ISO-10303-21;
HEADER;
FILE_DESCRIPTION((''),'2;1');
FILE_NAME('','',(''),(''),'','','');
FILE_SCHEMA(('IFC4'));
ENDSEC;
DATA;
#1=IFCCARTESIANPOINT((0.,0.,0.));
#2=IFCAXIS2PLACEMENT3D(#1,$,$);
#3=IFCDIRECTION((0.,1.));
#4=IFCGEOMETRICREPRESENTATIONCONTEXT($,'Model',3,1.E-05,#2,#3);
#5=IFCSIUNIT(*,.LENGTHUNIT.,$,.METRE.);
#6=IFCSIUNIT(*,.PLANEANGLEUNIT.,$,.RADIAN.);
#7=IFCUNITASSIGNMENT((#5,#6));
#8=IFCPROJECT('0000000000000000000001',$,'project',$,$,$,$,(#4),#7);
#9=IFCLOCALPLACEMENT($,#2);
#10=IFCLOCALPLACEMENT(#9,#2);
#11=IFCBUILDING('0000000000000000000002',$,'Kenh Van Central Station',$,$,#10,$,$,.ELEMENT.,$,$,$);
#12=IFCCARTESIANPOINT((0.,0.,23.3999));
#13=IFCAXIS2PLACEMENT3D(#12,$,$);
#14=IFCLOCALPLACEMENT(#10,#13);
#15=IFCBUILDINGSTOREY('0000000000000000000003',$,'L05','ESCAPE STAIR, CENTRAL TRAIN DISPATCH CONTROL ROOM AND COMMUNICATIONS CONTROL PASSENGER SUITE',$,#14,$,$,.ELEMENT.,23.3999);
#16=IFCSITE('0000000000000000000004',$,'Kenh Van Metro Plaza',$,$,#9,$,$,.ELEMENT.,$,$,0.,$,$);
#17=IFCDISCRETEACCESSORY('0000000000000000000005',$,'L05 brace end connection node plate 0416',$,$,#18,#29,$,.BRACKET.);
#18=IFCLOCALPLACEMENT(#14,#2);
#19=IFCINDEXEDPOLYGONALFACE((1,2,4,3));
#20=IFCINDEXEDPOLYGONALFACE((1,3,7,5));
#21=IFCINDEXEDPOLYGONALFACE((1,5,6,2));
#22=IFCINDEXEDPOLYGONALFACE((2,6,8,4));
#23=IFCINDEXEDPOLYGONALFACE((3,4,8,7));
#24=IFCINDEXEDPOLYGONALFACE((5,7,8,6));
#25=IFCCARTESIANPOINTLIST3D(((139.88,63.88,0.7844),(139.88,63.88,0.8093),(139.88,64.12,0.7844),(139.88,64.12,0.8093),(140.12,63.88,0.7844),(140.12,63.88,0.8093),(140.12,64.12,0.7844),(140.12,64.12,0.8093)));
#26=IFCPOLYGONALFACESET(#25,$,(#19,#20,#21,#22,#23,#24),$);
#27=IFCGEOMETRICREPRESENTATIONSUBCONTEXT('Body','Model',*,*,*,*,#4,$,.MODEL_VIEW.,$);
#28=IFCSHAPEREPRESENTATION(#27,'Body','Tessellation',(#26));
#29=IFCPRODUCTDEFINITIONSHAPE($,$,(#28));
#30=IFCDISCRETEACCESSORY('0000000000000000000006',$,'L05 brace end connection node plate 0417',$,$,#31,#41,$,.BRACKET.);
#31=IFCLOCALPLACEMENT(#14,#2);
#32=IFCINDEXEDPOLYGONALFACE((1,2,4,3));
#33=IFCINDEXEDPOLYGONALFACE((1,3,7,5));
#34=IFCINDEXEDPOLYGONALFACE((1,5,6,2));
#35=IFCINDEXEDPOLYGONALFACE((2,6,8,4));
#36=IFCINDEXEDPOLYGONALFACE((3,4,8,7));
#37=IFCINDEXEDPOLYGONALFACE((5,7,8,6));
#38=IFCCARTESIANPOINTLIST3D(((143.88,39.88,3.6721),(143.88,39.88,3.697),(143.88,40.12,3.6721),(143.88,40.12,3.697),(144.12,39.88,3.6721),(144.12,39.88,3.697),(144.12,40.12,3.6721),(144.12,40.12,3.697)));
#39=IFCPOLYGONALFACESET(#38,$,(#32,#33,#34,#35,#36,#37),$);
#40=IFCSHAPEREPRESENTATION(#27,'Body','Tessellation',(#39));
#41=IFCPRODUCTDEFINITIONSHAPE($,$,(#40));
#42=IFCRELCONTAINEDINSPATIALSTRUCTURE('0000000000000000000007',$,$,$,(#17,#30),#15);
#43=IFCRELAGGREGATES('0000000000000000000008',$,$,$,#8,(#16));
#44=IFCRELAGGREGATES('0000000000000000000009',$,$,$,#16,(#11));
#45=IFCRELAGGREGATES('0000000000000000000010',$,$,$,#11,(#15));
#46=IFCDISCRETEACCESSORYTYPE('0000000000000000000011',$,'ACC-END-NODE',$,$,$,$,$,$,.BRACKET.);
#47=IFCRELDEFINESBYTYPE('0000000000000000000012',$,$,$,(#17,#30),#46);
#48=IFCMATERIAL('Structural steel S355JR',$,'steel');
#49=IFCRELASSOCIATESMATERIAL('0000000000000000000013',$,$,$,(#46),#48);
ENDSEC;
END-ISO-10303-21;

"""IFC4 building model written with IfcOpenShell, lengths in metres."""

from ifc_helpers import new_model, si_unit, direction, frame, origin, origin_2d, place, context, subcontext, project, spatial, rectangle, extrude, material, type_object, element, save


model = new_model("IFC4")

# Units and contexts
model_context = context("Model", 3, precision=1e-05, world=origin(), true_north=direction((0.0, 1.0)))
body_context = subcontext(model_context, "Body", "Model", "MODEL_VIEW")
ifc_project = project(units=[si_unit("LENGTHUNIT", "METRE"), si_unit("PLANEANGLEUNIT", "RADIAN")], contexts=[model_context])

# Site, building, storey
site_placement = place(None, origin())
site = spatial("IfcSite", under=ifc_project, at=site_placement, Name="Kenh Van Metro Plaza", CompositionType="ELEMENT", RefElevation=0.0)
building_placement = place(site_placement, origin())
building = spatial("IfcBuilding", under=site, at=building_placement, Name="Kenh Van Central Station", CompositionType="ELEMENT")
storey_placement = place(building_placement, frame((0.0, 0.0, 23.3999)))
storey = spatial("IfcBuildingStorey", under=building, at=storey_placement, Name="L05", Description="ESCAPE STAIR, CENTRAL TRAIN DISPATCH CONTROL ROOM AND COMMUNICATIONS CONTROL PASSENGER SUITE", CompositionType="ELEMENT", Elevation=23.3999)

# Discrete accessories
ifc_material_1 = material(Name="Structural steel S355JR", Category="steel")
discrete_accessory_type = type_object("IfcDiscreteAccessoryType", Name="ACC-END-NODE", PredefinedType="BRACKET", material=ifc_material_1)
for number, where, z_axis, x_axis, name in (
    (1, (140.0, 64.0, 0.7844), (0.0, 0.0, 1.0), (1.0, 0.0, 0.0), "L05 brace end connection node plate 0416"),
    (2, (144.0, 40.0, 3.6721), (0.0, 0.0, 1.0), (1.0, 0.0, 0.0), "L05 brace end connection node plate 0417"),
):
    element("IfcDiscreteAccessory", number, at=place(storey_placement, frame(where, z_axis=z_axis, x_axis=x_axis)), inside=storey, type_object=discrete_accessory_type, Name=name, PredefinedType="BRACKET", context=body_context, shape_type="SweptSolid", body=[
        extrude(rectangle(XDim=0.24, YDim=0.24, at=origin_2d()), origin(), (0.0, 0.0, 1.0), 0.0249),
    ])

save(model, "model.ifc")
